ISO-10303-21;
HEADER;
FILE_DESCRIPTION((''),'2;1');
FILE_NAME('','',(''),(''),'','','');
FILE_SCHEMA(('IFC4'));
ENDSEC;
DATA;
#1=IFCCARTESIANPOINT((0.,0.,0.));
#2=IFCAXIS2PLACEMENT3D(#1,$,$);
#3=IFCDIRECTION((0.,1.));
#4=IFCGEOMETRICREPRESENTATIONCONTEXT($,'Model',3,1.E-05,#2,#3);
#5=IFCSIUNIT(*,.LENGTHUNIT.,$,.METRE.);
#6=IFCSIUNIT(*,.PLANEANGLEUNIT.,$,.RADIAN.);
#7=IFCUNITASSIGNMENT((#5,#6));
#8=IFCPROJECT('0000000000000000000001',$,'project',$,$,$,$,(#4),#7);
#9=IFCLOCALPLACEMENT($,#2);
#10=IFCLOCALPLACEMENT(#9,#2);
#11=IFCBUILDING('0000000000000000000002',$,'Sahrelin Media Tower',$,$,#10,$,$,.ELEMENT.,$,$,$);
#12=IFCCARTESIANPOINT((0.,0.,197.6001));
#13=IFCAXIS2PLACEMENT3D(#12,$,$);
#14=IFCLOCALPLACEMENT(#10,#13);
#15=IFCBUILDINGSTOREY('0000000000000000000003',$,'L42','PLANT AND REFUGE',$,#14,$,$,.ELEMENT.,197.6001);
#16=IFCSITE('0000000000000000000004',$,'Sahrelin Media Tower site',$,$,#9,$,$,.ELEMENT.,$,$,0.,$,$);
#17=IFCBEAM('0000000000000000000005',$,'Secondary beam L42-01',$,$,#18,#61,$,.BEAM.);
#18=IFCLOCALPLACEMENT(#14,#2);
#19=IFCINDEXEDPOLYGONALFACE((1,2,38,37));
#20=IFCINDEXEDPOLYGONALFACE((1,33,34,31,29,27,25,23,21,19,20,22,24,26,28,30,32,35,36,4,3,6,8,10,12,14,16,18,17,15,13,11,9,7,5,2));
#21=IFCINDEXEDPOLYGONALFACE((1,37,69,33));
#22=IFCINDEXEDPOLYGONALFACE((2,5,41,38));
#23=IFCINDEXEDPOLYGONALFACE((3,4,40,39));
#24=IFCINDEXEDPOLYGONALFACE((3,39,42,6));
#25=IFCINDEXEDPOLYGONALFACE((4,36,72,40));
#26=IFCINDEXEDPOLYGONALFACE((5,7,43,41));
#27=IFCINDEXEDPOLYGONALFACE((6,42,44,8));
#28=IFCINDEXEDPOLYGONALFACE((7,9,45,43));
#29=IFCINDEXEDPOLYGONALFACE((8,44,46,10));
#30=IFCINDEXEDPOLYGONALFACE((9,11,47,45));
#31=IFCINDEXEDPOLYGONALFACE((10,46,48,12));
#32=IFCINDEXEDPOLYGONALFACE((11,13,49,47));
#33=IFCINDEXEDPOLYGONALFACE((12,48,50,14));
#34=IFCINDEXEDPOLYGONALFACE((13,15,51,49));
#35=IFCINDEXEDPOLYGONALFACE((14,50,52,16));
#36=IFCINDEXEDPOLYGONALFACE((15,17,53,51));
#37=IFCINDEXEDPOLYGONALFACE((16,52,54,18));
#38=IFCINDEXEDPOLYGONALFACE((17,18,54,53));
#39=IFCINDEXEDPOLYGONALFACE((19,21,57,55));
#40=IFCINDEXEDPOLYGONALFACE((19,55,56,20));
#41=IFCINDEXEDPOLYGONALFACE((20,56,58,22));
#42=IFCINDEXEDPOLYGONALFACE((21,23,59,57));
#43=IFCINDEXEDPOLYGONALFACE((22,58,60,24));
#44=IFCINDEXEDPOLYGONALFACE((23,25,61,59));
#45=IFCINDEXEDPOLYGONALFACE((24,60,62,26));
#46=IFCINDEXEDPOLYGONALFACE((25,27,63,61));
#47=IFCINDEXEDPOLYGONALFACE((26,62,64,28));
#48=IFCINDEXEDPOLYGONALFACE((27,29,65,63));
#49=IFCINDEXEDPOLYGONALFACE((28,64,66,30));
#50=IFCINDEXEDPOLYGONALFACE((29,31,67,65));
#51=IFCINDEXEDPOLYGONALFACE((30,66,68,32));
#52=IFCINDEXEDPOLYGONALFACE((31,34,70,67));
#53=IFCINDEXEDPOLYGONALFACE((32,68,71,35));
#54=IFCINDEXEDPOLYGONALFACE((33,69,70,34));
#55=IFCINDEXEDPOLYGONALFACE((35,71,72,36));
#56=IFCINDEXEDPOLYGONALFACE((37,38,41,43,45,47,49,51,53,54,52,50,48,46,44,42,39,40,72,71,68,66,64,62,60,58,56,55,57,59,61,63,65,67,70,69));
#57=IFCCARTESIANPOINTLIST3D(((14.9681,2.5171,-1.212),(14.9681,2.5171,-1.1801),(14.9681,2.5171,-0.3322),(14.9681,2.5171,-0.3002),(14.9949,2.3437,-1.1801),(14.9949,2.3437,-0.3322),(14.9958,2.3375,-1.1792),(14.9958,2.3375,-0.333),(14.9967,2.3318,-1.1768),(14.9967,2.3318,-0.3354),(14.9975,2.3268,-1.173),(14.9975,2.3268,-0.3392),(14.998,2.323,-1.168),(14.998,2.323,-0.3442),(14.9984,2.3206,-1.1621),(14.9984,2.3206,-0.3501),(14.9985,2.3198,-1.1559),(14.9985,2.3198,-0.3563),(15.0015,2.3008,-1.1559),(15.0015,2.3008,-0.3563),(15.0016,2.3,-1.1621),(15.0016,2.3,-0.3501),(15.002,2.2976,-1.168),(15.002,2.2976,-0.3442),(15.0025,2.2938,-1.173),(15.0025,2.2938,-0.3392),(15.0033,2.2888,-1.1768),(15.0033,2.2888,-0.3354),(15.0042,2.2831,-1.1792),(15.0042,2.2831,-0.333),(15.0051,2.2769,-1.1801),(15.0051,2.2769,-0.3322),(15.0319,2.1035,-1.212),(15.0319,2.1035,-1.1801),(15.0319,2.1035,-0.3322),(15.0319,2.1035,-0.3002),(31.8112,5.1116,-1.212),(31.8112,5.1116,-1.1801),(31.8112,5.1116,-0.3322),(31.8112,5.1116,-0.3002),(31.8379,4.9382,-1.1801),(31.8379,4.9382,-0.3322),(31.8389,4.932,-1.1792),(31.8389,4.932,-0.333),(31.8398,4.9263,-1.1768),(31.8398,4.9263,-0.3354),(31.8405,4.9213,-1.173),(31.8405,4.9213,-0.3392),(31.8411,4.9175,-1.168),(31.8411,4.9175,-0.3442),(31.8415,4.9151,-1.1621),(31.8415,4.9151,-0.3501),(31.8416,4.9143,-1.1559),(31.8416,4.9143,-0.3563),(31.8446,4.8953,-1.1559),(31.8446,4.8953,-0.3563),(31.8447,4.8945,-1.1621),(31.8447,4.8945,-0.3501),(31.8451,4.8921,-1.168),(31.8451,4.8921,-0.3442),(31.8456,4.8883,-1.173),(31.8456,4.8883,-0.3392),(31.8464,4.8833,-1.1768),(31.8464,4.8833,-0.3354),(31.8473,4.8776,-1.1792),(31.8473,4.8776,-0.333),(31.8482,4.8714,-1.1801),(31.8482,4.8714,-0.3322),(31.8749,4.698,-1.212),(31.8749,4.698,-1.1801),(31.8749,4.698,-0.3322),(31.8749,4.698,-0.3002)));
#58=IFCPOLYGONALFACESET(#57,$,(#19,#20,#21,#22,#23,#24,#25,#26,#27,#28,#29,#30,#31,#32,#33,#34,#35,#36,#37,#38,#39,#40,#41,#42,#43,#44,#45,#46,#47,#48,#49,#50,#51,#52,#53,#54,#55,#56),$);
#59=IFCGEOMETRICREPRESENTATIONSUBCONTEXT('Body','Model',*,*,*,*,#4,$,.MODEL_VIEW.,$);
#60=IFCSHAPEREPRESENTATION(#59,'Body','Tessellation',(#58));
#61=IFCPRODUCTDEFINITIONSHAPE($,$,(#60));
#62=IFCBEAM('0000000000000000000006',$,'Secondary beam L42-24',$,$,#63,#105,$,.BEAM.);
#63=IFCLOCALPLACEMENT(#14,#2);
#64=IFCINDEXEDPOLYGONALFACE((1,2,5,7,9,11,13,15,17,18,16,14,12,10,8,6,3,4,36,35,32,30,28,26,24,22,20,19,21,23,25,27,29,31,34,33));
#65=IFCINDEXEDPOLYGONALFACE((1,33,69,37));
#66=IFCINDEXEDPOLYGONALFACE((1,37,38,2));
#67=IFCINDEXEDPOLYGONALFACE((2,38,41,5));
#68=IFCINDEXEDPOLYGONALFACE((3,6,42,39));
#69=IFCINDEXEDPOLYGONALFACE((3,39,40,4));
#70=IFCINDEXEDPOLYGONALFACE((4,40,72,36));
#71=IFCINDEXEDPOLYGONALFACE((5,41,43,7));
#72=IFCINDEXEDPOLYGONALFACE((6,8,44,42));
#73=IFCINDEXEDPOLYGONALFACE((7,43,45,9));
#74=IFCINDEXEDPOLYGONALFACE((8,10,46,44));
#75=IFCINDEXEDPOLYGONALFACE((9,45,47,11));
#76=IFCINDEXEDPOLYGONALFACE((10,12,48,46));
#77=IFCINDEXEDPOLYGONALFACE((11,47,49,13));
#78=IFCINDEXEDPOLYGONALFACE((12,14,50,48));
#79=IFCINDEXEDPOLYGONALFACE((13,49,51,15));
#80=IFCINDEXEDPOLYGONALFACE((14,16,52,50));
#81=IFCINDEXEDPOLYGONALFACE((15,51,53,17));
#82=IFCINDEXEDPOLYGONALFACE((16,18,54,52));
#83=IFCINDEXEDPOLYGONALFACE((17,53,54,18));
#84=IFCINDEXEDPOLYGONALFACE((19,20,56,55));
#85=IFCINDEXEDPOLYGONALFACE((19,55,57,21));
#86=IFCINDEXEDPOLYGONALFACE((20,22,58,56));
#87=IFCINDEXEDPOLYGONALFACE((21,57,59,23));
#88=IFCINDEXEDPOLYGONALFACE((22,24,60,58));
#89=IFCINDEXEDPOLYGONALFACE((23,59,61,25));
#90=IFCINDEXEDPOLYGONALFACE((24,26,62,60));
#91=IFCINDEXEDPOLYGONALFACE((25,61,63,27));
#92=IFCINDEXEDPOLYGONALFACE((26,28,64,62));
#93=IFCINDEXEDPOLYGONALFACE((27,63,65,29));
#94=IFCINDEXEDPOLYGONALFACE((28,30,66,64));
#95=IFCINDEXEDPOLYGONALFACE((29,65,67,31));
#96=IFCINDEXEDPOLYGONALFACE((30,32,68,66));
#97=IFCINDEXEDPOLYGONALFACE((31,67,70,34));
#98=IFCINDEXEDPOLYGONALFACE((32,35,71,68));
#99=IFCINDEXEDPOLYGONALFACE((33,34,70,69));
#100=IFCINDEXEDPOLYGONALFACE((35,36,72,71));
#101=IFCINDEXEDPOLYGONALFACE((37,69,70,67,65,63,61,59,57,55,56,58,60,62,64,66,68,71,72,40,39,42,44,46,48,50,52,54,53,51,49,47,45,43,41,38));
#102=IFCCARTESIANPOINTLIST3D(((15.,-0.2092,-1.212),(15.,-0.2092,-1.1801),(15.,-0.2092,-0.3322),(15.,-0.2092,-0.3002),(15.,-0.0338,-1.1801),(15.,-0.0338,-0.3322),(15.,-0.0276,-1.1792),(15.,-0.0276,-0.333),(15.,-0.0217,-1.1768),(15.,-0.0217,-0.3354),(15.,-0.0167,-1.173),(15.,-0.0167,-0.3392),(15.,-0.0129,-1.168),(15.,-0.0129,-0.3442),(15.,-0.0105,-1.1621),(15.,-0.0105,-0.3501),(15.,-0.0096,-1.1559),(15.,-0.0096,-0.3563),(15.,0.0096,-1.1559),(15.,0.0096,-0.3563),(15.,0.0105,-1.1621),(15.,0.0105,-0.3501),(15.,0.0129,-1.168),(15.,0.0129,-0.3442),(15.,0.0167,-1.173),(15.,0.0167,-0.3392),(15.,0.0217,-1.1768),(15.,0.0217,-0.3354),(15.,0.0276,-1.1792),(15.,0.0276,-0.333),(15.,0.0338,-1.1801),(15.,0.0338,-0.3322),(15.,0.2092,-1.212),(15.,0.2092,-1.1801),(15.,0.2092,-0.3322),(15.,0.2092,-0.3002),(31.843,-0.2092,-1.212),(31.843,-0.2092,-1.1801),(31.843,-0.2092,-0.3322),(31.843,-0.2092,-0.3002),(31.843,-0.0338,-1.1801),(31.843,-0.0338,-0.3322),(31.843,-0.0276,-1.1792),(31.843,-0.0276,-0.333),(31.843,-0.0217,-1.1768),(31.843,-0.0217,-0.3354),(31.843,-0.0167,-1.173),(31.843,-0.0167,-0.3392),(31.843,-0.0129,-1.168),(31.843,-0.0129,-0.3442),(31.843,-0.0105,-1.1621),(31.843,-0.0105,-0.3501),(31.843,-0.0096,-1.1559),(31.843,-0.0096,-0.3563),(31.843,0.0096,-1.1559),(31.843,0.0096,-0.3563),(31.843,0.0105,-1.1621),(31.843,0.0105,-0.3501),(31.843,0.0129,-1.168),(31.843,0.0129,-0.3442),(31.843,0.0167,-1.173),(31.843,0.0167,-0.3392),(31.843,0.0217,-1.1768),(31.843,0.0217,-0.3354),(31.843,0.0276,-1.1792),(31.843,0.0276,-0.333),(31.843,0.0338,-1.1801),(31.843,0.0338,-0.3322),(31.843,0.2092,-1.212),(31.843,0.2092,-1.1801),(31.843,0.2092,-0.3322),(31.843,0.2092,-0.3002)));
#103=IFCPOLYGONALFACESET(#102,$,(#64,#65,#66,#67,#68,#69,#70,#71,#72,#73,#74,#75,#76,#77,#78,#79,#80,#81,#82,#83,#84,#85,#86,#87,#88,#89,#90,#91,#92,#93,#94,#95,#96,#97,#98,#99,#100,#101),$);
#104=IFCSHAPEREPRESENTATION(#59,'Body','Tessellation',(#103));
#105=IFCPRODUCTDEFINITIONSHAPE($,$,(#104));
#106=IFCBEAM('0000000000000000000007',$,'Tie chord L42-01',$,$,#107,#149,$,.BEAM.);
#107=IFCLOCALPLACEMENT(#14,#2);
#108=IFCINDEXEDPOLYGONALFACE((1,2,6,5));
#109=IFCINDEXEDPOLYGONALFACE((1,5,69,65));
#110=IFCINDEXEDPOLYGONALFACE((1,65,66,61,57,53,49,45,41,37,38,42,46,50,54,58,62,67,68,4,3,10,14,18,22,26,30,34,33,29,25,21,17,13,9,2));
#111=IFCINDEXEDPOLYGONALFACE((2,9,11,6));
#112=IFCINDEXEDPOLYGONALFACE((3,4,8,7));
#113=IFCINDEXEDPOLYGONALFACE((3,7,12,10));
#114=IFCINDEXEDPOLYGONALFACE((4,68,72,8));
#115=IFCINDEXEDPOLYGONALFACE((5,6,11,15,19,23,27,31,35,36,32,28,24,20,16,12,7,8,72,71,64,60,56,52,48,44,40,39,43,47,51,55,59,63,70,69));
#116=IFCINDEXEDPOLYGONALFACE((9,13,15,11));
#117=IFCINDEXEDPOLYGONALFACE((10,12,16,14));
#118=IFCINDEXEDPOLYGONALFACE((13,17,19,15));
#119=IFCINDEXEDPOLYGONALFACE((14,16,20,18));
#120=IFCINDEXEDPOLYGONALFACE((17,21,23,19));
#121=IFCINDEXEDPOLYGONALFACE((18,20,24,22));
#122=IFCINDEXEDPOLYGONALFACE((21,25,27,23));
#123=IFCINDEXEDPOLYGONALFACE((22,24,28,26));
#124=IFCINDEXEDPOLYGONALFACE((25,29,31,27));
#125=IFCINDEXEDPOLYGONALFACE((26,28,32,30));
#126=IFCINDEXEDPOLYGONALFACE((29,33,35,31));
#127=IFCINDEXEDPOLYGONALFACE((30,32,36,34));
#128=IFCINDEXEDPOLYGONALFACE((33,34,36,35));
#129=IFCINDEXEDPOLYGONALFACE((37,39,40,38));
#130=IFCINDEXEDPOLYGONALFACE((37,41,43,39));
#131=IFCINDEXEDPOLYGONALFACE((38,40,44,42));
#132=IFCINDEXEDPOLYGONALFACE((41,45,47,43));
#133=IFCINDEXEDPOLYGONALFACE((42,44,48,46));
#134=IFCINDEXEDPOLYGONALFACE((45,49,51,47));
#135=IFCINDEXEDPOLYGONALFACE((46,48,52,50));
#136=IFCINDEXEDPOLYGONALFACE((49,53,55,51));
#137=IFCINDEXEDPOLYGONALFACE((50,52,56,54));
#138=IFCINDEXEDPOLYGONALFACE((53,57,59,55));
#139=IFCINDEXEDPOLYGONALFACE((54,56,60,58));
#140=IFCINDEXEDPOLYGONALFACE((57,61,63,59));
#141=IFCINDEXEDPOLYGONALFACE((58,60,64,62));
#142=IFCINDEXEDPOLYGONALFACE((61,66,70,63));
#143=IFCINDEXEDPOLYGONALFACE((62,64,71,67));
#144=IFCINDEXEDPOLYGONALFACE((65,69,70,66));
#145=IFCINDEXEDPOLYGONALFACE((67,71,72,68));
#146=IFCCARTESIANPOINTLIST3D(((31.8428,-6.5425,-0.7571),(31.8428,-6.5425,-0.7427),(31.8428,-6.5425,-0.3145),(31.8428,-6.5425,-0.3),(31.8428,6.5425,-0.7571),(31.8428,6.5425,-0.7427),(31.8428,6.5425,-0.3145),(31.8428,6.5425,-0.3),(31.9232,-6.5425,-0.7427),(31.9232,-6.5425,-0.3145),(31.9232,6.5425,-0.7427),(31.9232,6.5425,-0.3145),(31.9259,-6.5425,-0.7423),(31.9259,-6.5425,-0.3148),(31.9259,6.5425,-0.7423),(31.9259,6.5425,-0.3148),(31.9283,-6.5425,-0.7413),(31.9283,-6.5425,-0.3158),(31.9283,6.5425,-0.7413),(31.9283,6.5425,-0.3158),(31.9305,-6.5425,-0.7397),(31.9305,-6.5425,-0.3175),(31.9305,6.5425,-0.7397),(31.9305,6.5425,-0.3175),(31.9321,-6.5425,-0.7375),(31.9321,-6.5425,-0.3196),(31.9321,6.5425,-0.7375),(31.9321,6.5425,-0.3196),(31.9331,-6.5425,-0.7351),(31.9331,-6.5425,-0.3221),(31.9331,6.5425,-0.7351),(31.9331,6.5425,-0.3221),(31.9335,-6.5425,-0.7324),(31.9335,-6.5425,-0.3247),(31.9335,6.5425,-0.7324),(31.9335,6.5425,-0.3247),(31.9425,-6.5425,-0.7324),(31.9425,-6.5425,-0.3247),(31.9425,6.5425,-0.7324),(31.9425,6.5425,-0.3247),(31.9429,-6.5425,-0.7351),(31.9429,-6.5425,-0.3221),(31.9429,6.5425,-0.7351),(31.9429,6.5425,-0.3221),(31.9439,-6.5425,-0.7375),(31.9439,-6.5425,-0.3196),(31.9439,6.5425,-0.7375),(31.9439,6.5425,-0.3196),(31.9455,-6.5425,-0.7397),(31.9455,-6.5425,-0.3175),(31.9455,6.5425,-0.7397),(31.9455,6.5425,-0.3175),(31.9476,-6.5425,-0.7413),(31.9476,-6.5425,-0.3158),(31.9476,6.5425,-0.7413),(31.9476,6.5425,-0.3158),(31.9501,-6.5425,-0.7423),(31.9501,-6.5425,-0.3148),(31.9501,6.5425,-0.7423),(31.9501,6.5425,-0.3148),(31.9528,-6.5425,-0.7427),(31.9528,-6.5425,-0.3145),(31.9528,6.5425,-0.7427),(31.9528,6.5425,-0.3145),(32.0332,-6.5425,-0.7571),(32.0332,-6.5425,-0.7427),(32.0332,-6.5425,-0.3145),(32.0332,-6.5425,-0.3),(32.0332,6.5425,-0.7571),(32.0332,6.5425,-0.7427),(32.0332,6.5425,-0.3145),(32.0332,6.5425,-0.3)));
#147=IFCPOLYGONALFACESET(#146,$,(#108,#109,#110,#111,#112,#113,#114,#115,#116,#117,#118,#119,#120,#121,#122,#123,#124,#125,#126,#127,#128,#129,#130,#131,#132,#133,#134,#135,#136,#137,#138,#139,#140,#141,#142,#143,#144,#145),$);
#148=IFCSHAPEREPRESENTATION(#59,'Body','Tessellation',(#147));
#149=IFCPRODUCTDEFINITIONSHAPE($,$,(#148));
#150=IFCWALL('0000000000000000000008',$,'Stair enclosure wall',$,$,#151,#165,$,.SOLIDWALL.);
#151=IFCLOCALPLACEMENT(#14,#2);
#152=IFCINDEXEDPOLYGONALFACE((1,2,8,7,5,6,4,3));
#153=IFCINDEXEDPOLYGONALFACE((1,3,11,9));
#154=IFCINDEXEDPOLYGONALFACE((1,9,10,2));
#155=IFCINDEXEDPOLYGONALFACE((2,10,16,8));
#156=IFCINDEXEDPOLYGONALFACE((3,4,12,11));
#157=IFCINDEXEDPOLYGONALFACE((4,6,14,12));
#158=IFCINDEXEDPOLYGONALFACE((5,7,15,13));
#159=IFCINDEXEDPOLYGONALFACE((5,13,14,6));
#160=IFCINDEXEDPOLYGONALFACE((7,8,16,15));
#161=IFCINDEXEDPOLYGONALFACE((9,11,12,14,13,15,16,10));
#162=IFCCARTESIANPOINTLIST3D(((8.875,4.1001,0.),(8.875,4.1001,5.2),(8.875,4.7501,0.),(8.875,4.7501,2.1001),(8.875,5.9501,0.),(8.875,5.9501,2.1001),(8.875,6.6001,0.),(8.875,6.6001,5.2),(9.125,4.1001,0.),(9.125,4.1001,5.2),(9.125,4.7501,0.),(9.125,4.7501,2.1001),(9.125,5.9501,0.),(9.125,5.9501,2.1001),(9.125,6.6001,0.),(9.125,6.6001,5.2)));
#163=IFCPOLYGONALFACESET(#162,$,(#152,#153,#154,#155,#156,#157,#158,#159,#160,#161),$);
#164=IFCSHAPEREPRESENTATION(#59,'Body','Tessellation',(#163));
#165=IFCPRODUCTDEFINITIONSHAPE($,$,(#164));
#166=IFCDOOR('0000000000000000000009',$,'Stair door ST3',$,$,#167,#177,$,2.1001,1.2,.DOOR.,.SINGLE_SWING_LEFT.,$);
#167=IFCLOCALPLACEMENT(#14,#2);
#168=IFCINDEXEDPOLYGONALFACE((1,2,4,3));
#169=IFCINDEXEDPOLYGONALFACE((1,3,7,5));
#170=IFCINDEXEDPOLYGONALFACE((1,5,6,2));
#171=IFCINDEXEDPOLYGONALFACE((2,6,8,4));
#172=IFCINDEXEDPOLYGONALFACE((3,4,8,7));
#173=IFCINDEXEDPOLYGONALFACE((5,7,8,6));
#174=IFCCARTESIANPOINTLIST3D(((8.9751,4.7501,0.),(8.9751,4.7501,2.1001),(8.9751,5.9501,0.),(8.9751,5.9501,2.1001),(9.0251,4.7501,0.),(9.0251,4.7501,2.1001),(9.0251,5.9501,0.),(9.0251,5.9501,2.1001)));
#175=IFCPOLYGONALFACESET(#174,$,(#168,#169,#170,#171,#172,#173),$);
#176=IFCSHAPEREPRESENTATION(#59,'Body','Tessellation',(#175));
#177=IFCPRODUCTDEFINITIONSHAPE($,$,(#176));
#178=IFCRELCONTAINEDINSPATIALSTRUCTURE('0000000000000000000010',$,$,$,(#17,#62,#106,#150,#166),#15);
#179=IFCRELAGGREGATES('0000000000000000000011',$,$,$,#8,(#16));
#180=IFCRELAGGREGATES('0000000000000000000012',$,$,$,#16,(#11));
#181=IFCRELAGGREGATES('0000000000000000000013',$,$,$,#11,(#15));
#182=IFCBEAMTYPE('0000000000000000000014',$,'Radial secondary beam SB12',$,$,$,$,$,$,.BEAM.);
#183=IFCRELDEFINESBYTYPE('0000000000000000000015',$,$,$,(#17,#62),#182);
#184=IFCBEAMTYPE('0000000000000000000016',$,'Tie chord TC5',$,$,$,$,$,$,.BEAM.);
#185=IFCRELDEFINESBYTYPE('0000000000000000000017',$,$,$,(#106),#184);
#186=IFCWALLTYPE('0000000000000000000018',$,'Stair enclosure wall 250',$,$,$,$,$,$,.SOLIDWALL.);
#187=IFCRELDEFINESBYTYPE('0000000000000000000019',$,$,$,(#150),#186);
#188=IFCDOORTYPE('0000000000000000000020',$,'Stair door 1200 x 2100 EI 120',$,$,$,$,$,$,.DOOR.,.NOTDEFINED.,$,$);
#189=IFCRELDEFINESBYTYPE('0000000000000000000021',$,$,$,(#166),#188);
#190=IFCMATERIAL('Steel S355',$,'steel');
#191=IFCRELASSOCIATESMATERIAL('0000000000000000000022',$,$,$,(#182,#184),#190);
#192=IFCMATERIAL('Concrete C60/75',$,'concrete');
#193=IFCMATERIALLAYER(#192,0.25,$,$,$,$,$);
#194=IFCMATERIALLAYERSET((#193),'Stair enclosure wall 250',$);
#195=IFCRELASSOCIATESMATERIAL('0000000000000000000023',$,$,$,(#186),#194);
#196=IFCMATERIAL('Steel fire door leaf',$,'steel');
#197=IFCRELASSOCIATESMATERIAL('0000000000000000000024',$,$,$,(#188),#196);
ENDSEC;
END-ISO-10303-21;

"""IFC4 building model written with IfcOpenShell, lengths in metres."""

from ifc_helpers import new_model, si_unit, direction, frame, frame_2d, origin, origin_2d, place, context, subcontext, project, spatial, rectangle, i_section, extrude, material, layer, layer_set, material_profile, profile_set, type_object, element, fill, save


model = new_model("IFC4")

# Units and contexts
model_context = context("Model", 3, precision=1e-05, world=origin(), true_north=direction((0.0, 1.0)))
body_context = subcontext(model_context, "Body", "Model", "MODEL_VIEW")
ifc_project = project(units=[si_unit("LENGTHUNIT", "METRE"), si_unit("PLANEANGLEUNIT", "RADIAN")], contexts=[model_context])

# Site, building, storey
site_placement = place(None, origin())
site = spatial("IfcSite", under=ifc_project, at=site_placement, Name="Sahrelin Media Tower site", CompositionType="ELEMENT", RefElevation=0.0)
building_placement = place(site_placement, origin())
building = spatial("IfcBuilding", under=site, at=building_placement, Name="Sahrelin Media Tower", CompositionType="ELEMENT")
storey_placement = place(building_placement, frame((0.0, 0.0, 197.6001)))
storey = spatial("IfcBuildingStorey", under=building, at=storey_placement, Name="L42", Description="PLANT AND REFUGE", CompositionType="ELEMENT", Elevation=197.6001)

# Beams
ifc_material_1 = material(Name="Steel S355", Category="steel")
ifc_material_profile_1 = material_profile(ifc_material_1, i_section(OverallWidth=0.4185, OverallDepth=0.9119, WebThickness=0.0193, FlangeThickness=0.032, FilletRadius=0.0242, at=origin_2d()), Name="UB 914x419x343")
ifc_profile_set_1 = profile_set([ifc_material_profile_1], Name="Steel S355")
beam_type_1 = type_object("IfcBeamType", Name="Radial secondary beam SB12", PredefinedType="BEAM", material=ifc_profile_set_1)
beam_1_placement = place(storey_placement, frame((15.0, 2.3103, -0.7561), z_axis=(0.988343, 0.152243, 0.0), x_axis=(-0.152243, 0.988343, 0.0)))
element("IfcBeam", 1, at=beam_1_placement, inside=storey, type_object=beam_type_1, Name="Secondary beam L42-01", PredefinedType="BEAM", context=body_context, shape_type="SweptSolid", body=[
    extrude(i_section(OverallWidth=0.4185, OverallDepth=0.9119, WebThickness=0.0193, FlangeThickness=0.032, FilletRadius=0.0242, at=origin_2d()), origin(), (0.0, 0.0, 1.0), 17.0417),
])
beam_2_placement = place(storey_placement, frame((15.0, 0.0, -0.7561), z_axis=(1.0, 0.0, 0.0), x_axis=(0.0, 1.0, 0.0)))
element("IfcBeam", 2, at=beam_2_placement, inside=storey, type_object=beam_type_1, Name="Secondary beam L42-24", PredefinedType="BEAM", context=body_context, shape_type="SweptSolid", body=[
    extrude(i_section(OverallWidth=0.4185, OverallDepth=0.9119, WebThickness=0.0193, FlangeThickness=0.032, FilletRadius=0.0242, at=origin_2d()), origin(), (0.0, 0.0, 1.0), 16.843),
])
ifc_material_profile_2 = material_profile(ifc_material_1, i_section(OverallWidth=0.1904, OverallDepth=0.457, WebThickness=0.009, FlangeThickness=0.0144, FilletRadius=0.0103, at=origin_2d()), Name="UB 457x191x74")
ifc_profile_set_2 = profile_set([ifc_material_profile_2], Name="Steel S355")
beam_type_2 = type_object("IfcBeamType", Name="Tie chord TC5", PredefinedType="BEAM", material=ifc_profile_set_2)
beam_3_placement = place(storey_placement, frame((31.938, 6.5425, -0.5286), z_axis=(0.0, -1.0, 0.0), x_axis=(1.0, 0.0, 0.0)))
element("IfcBeam", 3, at=beam_3_placement, inside=storey, type_object=beam_type_2, Name="Tie chord L42-01", PredefinedType="BEAM", context=body_context, shape_type="SweptSolid", body=[
    extrude(i_section(OverallWidth=0.1904, OverallDepth=0.457, WebThickness=0.009, FlangeThickness=0.0144, FilletRadius=0.0103, at=origin_2d()), origin(), (0.0, 0.0, 1.0), 13.085),
])

# Wall, opening, door
ifc_material_2 = material(Name="Concrete C60/75", Category="concrete")
ifc_layer = layer(ifc_material_2, 0.25)
ifc_layer_set = layer_set([ifc_layer], Name="Stair enclosure wall 250")
wall_type = type_object("IfcWallType", Name="Stair enclosure wall 250", PredefinedType="SOLIDWALL", material=ifc_layer_set)
wall_placement = place(storey_placement, frame((9.0, 4.1001, 0.0), z_axis=(0.0, 0.0, 1.0), x_axis=(0.0, 1.0, 0.0)))
wall = element("IfcWall", 4, at=wall_placement, inside=storey, type_object=wall_type, Name="Stair enclosure wall", PredefinedType="SOLIDWALL", context=body_context, shape_type="SweptSolid", body=[
    extrude(rectangle(XDim=2.5, YDim=0.25, at=frame_2d((1.25, 0.0))), origin(), (0.0, 0.0, 1.0), 5.2),
])
opening_placement = place(wall_placement, frame((0.6499, 0.0, 0.0)))
opening = element("IfcOpeningElement", 5, at=opening_placement, cuts=wall, PredefinedType="OPENING", context=body_context, shape_type="SweptSolid", body=[
    extrude(rectangle(XDim=1.2, YDim=2.1001, at=frame_2d((0.6001, 1.05))), frame((0.0, 0.125, 0.0), z_axis=(0.0, -1.0, 0.0), x_axis=(1.0, 0.0, 0.0)), (0.0, 0.0, 1.0), 0.25),
])
ifc_material_3 = material(Name="Steel fire door leaf", Category="steel")
door_type = type_object("IfcDoorType", Name="Stair door 1200 x 2100 EI 120", OperationType="NOTDEFINED", PredefinedType="DOOR", material=ifc_material_3)
door_placement = place(opening_placement, origin())
door = element("IfcDoor", 6, at=door_placement, inside=storey, type_object=door_type, Name="Stair door ST3", OperationType="SINGLE_SWING_LEFT", OverallHeight=2.1001, OverallWidth=1.2, PredefinedType="DOOR", context=body_context, shape_type="SweptSolid", body=[
    extrude(rectangle(XDim=1.2, YDim=2.1001, at=frame_2d((0.6001, 1.05))), frame((0.0, 0.0249, 0.0), z_axis=(0.0, -1.0, 0.0), x_axis=(1.0, 0.0, 0.0)), (0.0, 0.0, 1.0), 0.05),
])
fill(opening, door)

save(model, "model.ifc")
